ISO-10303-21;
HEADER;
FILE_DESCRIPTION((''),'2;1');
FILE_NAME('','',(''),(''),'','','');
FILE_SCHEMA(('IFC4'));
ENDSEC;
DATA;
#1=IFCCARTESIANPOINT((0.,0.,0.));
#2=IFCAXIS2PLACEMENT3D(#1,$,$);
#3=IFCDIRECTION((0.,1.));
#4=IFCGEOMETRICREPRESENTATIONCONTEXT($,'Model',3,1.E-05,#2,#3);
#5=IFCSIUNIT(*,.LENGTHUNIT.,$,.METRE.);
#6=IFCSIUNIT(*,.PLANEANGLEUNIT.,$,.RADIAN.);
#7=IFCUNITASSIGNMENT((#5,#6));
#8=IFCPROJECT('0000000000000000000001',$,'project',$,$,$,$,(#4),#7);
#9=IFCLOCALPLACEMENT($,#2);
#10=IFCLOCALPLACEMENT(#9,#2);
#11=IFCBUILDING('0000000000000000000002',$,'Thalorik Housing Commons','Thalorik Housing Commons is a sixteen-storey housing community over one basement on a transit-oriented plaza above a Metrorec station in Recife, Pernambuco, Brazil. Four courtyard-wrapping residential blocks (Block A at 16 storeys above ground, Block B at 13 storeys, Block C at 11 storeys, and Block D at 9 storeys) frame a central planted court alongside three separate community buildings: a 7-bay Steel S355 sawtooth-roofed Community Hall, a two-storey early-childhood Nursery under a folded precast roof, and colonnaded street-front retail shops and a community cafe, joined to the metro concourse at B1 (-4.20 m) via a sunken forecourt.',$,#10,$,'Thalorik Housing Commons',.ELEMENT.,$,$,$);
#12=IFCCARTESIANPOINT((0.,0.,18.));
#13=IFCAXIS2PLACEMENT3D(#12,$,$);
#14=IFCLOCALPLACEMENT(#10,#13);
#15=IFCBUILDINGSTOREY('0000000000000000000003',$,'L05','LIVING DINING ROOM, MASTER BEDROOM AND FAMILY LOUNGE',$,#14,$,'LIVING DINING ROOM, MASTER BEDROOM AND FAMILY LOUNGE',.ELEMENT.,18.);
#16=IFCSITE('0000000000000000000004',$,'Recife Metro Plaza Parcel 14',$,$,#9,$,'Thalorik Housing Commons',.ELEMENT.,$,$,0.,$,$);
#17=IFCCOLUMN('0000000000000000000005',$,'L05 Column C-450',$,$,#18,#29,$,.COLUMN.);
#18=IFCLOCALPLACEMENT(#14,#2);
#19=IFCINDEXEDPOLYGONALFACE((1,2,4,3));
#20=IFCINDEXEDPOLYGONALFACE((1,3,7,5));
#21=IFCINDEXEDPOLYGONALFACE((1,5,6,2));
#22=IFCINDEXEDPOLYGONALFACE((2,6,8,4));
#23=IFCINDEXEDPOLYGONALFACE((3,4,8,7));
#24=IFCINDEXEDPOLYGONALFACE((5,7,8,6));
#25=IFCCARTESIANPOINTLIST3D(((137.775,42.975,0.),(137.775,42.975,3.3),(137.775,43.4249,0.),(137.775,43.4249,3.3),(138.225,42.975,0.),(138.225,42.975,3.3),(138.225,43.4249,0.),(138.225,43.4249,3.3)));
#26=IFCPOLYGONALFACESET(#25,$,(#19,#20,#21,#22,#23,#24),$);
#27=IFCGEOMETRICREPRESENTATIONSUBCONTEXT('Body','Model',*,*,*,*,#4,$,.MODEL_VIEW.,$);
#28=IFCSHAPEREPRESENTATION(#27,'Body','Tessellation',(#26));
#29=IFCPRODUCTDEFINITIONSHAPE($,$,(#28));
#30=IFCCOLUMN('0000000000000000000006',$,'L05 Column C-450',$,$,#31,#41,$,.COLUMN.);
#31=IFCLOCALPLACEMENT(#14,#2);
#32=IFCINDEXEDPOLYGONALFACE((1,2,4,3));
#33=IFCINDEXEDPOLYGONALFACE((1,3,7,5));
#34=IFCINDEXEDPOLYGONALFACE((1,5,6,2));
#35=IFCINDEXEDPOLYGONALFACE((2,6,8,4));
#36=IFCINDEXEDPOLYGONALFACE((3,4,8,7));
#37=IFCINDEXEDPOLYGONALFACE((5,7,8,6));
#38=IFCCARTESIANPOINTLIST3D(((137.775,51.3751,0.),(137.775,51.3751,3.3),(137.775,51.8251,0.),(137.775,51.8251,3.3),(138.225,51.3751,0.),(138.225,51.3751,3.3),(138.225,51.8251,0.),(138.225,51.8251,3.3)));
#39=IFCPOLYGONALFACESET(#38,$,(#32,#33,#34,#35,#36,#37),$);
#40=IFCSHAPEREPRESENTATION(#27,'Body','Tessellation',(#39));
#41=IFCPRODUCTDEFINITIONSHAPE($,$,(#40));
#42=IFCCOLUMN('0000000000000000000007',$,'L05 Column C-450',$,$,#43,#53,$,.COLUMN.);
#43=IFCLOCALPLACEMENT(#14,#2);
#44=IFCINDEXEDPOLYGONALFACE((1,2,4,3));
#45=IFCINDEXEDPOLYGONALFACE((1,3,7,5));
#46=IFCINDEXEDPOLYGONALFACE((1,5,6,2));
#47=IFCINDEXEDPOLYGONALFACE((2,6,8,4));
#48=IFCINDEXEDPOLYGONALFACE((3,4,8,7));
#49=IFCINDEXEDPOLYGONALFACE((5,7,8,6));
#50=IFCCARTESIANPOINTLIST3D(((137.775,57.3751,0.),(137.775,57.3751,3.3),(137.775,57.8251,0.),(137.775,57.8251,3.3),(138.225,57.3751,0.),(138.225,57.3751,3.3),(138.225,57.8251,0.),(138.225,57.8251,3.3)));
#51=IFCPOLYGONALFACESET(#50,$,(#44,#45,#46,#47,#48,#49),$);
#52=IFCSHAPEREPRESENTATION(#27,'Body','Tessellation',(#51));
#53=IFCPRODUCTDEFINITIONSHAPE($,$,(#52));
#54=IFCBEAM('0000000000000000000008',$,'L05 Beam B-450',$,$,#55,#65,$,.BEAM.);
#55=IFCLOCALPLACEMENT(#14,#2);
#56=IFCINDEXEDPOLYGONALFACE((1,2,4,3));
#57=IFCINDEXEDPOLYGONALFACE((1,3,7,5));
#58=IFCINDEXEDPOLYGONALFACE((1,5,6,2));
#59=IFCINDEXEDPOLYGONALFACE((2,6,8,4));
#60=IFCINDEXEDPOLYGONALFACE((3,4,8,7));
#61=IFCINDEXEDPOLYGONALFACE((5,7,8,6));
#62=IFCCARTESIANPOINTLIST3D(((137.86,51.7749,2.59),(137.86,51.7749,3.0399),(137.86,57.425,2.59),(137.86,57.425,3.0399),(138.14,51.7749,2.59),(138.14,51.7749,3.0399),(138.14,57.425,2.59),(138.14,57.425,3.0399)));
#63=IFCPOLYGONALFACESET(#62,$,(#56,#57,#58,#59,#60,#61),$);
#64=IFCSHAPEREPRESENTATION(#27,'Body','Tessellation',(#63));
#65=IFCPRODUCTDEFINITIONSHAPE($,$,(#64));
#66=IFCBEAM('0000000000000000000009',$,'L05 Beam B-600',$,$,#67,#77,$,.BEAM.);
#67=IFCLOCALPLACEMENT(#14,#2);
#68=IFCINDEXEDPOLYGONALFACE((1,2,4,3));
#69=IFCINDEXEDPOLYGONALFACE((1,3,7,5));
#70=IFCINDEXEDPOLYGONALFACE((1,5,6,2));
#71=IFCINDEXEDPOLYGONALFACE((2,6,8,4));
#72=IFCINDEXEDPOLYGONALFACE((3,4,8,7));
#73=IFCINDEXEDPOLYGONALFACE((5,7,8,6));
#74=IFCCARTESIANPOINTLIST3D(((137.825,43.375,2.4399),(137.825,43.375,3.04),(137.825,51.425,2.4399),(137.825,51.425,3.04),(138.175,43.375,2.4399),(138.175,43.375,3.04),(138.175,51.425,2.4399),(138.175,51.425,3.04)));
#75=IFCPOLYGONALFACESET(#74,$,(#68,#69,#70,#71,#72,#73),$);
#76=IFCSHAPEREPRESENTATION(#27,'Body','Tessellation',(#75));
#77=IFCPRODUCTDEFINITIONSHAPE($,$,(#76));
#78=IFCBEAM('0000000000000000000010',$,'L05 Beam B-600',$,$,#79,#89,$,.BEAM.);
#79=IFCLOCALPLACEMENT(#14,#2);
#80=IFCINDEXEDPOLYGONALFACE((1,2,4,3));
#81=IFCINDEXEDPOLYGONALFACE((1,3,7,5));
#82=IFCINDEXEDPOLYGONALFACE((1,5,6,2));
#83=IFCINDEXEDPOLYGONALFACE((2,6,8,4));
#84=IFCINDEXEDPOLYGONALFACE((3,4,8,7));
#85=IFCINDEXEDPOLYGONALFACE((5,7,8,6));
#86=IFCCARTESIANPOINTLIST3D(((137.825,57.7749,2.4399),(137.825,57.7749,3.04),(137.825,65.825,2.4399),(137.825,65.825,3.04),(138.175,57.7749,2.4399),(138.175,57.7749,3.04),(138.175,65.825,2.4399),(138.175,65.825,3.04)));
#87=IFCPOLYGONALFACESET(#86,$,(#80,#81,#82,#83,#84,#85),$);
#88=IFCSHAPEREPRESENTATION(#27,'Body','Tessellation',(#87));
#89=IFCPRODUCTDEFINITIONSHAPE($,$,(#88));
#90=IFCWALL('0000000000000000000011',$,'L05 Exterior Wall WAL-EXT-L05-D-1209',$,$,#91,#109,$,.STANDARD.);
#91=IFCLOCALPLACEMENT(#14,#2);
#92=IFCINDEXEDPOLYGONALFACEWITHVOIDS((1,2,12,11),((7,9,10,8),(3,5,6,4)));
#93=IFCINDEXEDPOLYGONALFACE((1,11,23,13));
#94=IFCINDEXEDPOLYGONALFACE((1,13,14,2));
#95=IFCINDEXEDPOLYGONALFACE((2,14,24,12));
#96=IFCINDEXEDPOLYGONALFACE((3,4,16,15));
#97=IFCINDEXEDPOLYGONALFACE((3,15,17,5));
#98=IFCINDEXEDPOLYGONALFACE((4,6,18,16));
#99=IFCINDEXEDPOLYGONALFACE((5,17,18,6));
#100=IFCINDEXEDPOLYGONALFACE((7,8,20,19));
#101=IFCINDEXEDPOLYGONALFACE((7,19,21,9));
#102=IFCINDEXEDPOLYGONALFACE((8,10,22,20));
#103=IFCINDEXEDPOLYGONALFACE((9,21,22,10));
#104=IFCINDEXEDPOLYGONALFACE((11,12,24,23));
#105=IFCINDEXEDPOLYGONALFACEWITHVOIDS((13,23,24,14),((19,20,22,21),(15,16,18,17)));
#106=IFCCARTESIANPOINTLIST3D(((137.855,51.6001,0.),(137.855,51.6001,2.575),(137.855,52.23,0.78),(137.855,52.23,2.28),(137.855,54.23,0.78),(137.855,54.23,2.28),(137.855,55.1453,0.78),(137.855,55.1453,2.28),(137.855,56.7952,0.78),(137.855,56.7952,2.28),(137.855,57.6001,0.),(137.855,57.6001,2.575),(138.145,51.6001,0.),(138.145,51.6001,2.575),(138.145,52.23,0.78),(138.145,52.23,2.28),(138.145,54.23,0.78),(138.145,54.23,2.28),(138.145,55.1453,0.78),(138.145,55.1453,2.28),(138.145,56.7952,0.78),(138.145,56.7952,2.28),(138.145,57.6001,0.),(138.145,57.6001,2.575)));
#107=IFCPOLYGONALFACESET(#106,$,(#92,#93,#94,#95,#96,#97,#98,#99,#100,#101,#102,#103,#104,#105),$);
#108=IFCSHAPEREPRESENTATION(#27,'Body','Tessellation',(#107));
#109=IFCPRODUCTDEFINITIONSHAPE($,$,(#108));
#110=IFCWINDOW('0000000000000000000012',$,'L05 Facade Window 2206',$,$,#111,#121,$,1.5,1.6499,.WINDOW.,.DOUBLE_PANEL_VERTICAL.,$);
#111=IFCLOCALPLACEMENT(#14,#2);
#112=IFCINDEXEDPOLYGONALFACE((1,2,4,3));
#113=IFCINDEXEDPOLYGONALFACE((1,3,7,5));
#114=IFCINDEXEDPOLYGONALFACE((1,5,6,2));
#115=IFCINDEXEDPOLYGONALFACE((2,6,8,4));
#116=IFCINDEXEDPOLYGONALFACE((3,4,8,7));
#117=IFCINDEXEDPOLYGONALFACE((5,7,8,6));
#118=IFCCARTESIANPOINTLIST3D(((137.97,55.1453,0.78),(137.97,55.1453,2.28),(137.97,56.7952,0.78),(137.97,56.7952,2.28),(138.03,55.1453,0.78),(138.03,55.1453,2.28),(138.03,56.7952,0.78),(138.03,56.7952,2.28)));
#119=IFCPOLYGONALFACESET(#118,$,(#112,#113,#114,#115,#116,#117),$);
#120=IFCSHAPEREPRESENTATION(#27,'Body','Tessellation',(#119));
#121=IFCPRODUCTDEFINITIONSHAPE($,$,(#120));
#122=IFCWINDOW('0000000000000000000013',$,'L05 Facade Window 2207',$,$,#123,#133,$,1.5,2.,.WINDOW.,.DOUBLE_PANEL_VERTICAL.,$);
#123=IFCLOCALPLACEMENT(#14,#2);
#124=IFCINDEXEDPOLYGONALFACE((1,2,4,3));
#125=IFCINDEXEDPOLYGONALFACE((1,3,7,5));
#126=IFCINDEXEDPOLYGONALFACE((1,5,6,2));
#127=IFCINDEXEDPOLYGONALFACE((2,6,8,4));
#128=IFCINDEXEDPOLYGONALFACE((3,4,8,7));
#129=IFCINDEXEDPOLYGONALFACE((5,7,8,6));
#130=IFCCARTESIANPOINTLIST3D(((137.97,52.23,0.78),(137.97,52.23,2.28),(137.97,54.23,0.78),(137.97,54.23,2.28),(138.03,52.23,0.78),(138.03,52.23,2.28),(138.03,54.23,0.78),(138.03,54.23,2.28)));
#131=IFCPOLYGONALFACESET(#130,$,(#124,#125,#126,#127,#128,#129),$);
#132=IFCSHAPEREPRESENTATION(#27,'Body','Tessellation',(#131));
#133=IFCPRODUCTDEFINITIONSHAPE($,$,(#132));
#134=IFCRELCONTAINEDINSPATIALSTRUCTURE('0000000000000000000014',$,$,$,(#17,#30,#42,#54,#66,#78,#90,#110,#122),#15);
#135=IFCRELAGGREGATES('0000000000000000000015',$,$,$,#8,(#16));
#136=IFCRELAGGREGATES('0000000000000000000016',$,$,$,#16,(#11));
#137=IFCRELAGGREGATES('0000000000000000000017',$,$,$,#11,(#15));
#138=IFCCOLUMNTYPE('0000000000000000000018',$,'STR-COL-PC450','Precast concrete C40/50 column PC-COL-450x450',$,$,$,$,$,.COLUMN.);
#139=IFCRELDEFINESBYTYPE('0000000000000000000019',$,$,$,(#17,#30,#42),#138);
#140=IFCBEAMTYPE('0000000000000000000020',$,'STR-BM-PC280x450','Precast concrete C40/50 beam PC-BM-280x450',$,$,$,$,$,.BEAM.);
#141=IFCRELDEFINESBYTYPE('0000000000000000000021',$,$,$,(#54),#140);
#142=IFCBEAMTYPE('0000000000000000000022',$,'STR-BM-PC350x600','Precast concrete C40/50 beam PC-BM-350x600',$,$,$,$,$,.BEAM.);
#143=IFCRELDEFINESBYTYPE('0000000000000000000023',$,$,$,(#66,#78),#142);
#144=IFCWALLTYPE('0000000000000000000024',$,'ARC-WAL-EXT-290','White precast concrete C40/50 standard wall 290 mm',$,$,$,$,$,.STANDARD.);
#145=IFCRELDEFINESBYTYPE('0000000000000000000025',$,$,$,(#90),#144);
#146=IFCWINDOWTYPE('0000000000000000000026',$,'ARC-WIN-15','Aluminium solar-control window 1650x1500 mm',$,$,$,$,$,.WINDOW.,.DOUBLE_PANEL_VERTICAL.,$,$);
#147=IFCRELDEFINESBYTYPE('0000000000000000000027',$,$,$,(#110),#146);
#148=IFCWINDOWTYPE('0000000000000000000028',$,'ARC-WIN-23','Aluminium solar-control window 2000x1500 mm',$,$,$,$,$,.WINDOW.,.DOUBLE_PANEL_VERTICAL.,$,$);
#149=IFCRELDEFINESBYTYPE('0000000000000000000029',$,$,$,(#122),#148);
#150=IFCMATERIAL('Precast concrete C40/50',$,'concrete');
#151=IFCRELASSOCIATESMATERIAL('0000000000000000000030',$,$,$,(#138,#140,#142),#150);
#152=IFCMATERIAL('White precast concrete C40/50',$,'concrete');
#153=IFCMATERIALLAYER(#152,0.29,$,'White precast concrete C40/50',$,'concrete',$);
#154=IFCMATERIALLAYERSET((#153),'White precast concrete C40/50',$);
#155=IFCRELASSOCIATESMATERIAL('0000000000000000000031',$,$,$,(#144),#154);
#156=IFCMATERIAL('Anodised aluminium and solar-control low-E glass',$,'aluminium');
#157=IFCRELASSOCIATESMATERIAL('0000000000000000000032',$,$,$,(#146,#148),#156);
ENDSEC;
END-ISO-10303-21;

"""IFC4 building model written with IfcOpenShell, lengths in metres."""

from ifc_helpers import new_model, si_unit, direction, frame, frame_2d, origin, origin_2d, place, context, subcontext, project, spatial, rectangle, extrude, material, layer, layer_set, material_profile, profile_set, type_object, element, fill, save


model = new_model("IFC4")

# Units and contexts
model_context = context("Model", 3, precision=1e-05, world=origin(), true_north=direction((0.0, 1.0)))
body_context = subcontext(model_context, "Body", "Model", "MODEL_VIEW")
ifc_project = project(units=[si_unit("LENGTHUNIT", "METRE"), si_unit("PLANEANGLEUNIT", "RADIAN")], contexts=[model_context])

# Site, building, storey
site_placement = place(None, origin())
site = spatial("IfcSite", under=ifc_project, at=site_placement, Name="Recife Metro Plaza Parcel 14", LongName="Thalorik Housing Commons", CompositionType="ELEMENT", RefElevation=0.0)
building_placement = place(site_placement, origin())
building = spatial("IfcBuilding", under=site, at=building_placement, Name="Thalorik Housing Commons", Description="Thalorik Housing Commons is a sixteen-storey housing community over one basement on a transit-oriented plaza above a Metrorec station in Recife, Pernambuco, Brazil. Four courtyard-wrapping residential blocks (Block A at 16 storeys above ground, Block B at 13 storeys, Block C at 11 storeys, and Block D at 9 storeys) frame a central planted court alongside three separate community buildings: a 7-bay Steel S355 sawtooth-roofed Community Hall, a two-storey early-childhood Nursery under a folded precast roof, and colonnaded street-front retail shops and a community cafe, joined to the metro concourse at B1 (-4.20 m) via a sunken forecourt.", LongName="Thalorik Housing Commons", CompositionType="ELEMENT")
storey_placement = place(building_placement, frame((0.0, 0.0, 18.0)))
storey = spatial("IfcBuildingStorey", under=building, at=storey_placement, Name="L05", Description="LIVING DINING ROOM, MASTER BEDROOM AND FAMILY LOUNGE", LongName="LIVING DINING ROOM, MASTER BEDROOM AND FAMILY LOUNGE", CompositionType="ELEMENT", Elevation=18.0)

# Columns
ifc_material_1 = material(Name="Precast concrete C40/50", Category="concrete")
ifc_material_profile_1 = material_profile(ifc_material_1, rectangle(XDim=0.45, YDim=0.45, at=origin_2d()), Name="PC 450x450", Category="concrete")
ifc_profile_set_1 = profile_set([ifc_material_profile_1], Name="Precast concrete C40/50")
column_type = type_object("IfcColumnType", Name="STR-COL-PC450", Description="Precast concrete C40/50 column PC-COL-450x450", PredefinedType="COLUMN", material=ifc_profile_set_1)
for number, where, z_axis, x_axis, name in (
    (1, (138.0, 43.2, 0.0), (0.0, 0.0, 1.0), (1.0, 0.0, 0.0), "L05 Column C-450"),
    (2, (138.0, 51.6001, 0.0), (0.0, 0.0, 1.0), (1.0, 0.0, 0.0), "L05 Column C-450"),
    (3, (138.0, 57.6001, 0.0), (0.0, 0.0, 1.0), (1.0, 0.0, 0.0), "L05 Column C-450"),
):
    element("IfcColumn", number, at=place(storey_placement, frame(where, z_axis=z_axis, x_axis=x_axis)), inside=storey, type_object=column_type, Name=name, PredefinedType="COLUMN", context=body_context, shape_type="SweptSolid", body=[
        extrude(rectangle(XDim=0.45, YDim=0.45, at=origin_2d()), origin(), (0.0, 0.0, 1.0), 3.3),
    ])

# Beams
ifc_material_profile_2 = material_profile(ifc_material_1, rectangle(XDim=0.28, YDim=0.45, at=origin_2d()), Name="PC 280x450", Category="concrete")
ifc_profile_set_2 = profile_set([ifc_material_profile_2], Name="Precast concrete C40/50")
beam_type_1 = type_object("IfcBeamType", Name="STR-BM-PC280x450", Description="Precast concrete C40/50 beam PC-BM-280x450", PredefinedType="BEAM", material=ifc_profile_set_2)
beam_placement = place(storey_placement, frame((138.0, 51.7749, 2.8149), z_axis=(0.0, 1.0, 0.0), x_axis=(-1.0, 0.0, 0.0)))
element("IfcBeam", 4, at=beam_placement, inside=storey, type_object=beam_type_1, Name="L05 Beam B-450", PredefinedType="BEAM", context=body_context, shape_type="SweptSolid", body=[
    extrude(rectangle(XDim=0.28, YDim=0.45, at=origin_2d()), origin(), (0.0, 0.0, 1.0), 5.6501),
])
ifc_material_profile_3 = material_profile(ifc_material_1, rectangle(XDim=0.3501, YDim=0.6001, at=origin_2d()), Name="PC 350x600", Category="concrete")
ifc_profile_set_3 = profile_set([ifc_material_profile_3], Name="Precast concrete C40/50")
beam_type_2 = type_object("IfcBeamType", Name="STR-BM-PC350x600", Description="Precast concrete C40/50 beam PC-BM-350x600", PredefinedType="BEAM", material=ifc_profile_set_3)
for number, where, z_axis, x_axis, name in (
    (5, (138.0, 43.375, 2.74), (0.0, 1.0, 0.0), (-1.0, 0.0, 0.0), "L05 Beam B-600"),
    (6, (138.0, 57.7749, 2.74), (0.0, 1.0, 0.0), (-1.0, 0.0, 0.0), "L05 Beam B-600"),
):
    element("IfcBeam", number, at=place(storey_placement, frame(where, z_axis=z_axis, x_axis=x_axis)), inside=storey, type_object=beam_type_2, Name=name, PredefinedType="BEAM", context=body_context, shape_type="SweptSolid", body=[
        extrude(rectangle(XDim=0.3501, YDim=0.6001, at=origin_2d()), origin(), (0.0, 0.0, 1.0), 8.05),
    ])

# Wall, openings, windows
ifc_material_2 = material(Name="White precast concrete C40/50", Category="concrete")
ifc_layer_1 = layer(ifc_material_2, 0.29, Name="White precast concrete C40/50", Category="concrete")
ifc_layer_set_1 = layer_set([ifc_layer_1], Name="White precast concrete C40/50")
wall_type = type_object("IfcWallType", Name="ARC-WAL-EXT-290", Description="White precast concrete C40/50 standard wall 290 mm", PredefinedType="STANDARD", material=ifc_layer_set_1)
wall_1_placement = place(storey_placement, frame((138.0, 57.6001, 0.0), z_axis=(0.0, 0.0, 1.0), x_axis=(0.0, -1.0, 0.0)))
wall_1 = element("IfcWall", 7, at=wall_1_placement, inside=storey, type_object=wall_type, Name="L05 Exterior Wall WAL-EXT-L05-D-1209", PredefinedType="STANDARD", context=body_context, shape_type="SweptSolid", body=[
    extrude(rectangle(XDim=6.0, YDim=0.29, at=frame_2d((3.0, 0.0))), origin(), (0.0, 0.0, 1.0), 2.575),
])
opening_1_placement = place(wall_1_placement, frame((0.8049, 0.0, 0.78)))
opening_1 = element("IfcOpeningElement", 8, at=opening_1_placement, cuts=wall_1, PredefinedType="OPENING", context=body_context, shape_type="SweptSolid", body=[
    extrude(rectangle(XDim=1.6499, YDim=1.5, at=frame_2d((0.825, 0.75))), frame((0.0, 0.155, 0.0), z_axis=(0.0, -1.0, 0.0), x_axis=(1.0, 0.0, 0.0)), (0.0, 0.0, 1.0), 0.3101),
])
opening_2_placement = place(wall_1_placement, frame((3.3701, 0.0, 0.78)))
opening_2 = element("IfcOpeningElement", 9, at=opening_2_placement, cuts=wall_1, PredefinedType="OPENING", context=body_context, shape_type="SweptSolid", body=[
    extrude(rectangle(XDim=2.0, YDim=1.5, at=frame_2d((1.0, 0.75))), frame((0.0, 0.155, 0.0), z_axis=(0.0, -1.0, 0.0), x_axis=(1.0, 0.0, 0.0)), (0.0, 0.0, 1.0), 0.3101),
])
ifc_material_3 = material(Name="Anodised aluminium and solar-control low-E glass", Category="aluminium")
window_type_1 = type_object("IfcWindowType", Name="ARC-WIN-15", Description="Aluminium solar-control window 1650x1500 mm", PartitioningType="DOUBLE_PANEL_VERTICAL", PredefinedType="WINDOW", material=ifc_material_3)
window_1_placement = place(opening_1_placement, origin())
window_1 = element("IfcWindow", 10, at=window_1_placement, inside=storey, type_object=window_type_1, Name="L05 Facade Window 2206", OverallHeight=1.5, OverallWidth=1.6499, PartitioningType="DOUBLE_PANEL_VERTICAL", PredefinedType="WINDOW", context=body_context, shape_type="SweptSolid", body=[
    extrude(rectangle(XDim=1.6499, YDim=1.5, at=frame_2d((0.825, 0.75))), frame((0.0, 0.03, 0.0), z_axis=(0.0, -1.0, 0.0), x_axis=(1.0, 0.0, 0.0)), (0.0, 0.0, 1.0), 0.0601),
])
fill(opening_1, window_1)
window_type_2 = type_object("IfcWindowType", Name="ARC-WIN-23", Description="Aluminium solar-control window 2000x1500 mm", PartitioningType="DOUBLE_PANEL_VERTICAL", PredefinedType="WINDOW", material=ifc_material_3)
window_2_placement = place(opening_2_placement, origin())
window_2 = element("IfcWindow", 11, at=window_2_placement, inside=storey, type_object=window_type_2, Name="L05 Facade Window 2207", OverallHeight=1.5, OverallWidth=2.0, PartitioningType="DOUBLE_PANEL_VERTICAL", PredefinedType="WINDOW", context=body_context, shape_type="SweptSolid", body=[
    extrude(rectangle(XDim=2.0, YDim=1.5, at=frame_2d((1.0, 0.75))), frame((0.0, 0.03, 0.0), z_axis=(0.0, -1.0, 0.0), x_axis=(1.0, 0.0, 0.0)), (0.0, 0.0, 1.0), 0.0601),
])
fill(opening_2, window_2)

save(model, "model.ifc")
